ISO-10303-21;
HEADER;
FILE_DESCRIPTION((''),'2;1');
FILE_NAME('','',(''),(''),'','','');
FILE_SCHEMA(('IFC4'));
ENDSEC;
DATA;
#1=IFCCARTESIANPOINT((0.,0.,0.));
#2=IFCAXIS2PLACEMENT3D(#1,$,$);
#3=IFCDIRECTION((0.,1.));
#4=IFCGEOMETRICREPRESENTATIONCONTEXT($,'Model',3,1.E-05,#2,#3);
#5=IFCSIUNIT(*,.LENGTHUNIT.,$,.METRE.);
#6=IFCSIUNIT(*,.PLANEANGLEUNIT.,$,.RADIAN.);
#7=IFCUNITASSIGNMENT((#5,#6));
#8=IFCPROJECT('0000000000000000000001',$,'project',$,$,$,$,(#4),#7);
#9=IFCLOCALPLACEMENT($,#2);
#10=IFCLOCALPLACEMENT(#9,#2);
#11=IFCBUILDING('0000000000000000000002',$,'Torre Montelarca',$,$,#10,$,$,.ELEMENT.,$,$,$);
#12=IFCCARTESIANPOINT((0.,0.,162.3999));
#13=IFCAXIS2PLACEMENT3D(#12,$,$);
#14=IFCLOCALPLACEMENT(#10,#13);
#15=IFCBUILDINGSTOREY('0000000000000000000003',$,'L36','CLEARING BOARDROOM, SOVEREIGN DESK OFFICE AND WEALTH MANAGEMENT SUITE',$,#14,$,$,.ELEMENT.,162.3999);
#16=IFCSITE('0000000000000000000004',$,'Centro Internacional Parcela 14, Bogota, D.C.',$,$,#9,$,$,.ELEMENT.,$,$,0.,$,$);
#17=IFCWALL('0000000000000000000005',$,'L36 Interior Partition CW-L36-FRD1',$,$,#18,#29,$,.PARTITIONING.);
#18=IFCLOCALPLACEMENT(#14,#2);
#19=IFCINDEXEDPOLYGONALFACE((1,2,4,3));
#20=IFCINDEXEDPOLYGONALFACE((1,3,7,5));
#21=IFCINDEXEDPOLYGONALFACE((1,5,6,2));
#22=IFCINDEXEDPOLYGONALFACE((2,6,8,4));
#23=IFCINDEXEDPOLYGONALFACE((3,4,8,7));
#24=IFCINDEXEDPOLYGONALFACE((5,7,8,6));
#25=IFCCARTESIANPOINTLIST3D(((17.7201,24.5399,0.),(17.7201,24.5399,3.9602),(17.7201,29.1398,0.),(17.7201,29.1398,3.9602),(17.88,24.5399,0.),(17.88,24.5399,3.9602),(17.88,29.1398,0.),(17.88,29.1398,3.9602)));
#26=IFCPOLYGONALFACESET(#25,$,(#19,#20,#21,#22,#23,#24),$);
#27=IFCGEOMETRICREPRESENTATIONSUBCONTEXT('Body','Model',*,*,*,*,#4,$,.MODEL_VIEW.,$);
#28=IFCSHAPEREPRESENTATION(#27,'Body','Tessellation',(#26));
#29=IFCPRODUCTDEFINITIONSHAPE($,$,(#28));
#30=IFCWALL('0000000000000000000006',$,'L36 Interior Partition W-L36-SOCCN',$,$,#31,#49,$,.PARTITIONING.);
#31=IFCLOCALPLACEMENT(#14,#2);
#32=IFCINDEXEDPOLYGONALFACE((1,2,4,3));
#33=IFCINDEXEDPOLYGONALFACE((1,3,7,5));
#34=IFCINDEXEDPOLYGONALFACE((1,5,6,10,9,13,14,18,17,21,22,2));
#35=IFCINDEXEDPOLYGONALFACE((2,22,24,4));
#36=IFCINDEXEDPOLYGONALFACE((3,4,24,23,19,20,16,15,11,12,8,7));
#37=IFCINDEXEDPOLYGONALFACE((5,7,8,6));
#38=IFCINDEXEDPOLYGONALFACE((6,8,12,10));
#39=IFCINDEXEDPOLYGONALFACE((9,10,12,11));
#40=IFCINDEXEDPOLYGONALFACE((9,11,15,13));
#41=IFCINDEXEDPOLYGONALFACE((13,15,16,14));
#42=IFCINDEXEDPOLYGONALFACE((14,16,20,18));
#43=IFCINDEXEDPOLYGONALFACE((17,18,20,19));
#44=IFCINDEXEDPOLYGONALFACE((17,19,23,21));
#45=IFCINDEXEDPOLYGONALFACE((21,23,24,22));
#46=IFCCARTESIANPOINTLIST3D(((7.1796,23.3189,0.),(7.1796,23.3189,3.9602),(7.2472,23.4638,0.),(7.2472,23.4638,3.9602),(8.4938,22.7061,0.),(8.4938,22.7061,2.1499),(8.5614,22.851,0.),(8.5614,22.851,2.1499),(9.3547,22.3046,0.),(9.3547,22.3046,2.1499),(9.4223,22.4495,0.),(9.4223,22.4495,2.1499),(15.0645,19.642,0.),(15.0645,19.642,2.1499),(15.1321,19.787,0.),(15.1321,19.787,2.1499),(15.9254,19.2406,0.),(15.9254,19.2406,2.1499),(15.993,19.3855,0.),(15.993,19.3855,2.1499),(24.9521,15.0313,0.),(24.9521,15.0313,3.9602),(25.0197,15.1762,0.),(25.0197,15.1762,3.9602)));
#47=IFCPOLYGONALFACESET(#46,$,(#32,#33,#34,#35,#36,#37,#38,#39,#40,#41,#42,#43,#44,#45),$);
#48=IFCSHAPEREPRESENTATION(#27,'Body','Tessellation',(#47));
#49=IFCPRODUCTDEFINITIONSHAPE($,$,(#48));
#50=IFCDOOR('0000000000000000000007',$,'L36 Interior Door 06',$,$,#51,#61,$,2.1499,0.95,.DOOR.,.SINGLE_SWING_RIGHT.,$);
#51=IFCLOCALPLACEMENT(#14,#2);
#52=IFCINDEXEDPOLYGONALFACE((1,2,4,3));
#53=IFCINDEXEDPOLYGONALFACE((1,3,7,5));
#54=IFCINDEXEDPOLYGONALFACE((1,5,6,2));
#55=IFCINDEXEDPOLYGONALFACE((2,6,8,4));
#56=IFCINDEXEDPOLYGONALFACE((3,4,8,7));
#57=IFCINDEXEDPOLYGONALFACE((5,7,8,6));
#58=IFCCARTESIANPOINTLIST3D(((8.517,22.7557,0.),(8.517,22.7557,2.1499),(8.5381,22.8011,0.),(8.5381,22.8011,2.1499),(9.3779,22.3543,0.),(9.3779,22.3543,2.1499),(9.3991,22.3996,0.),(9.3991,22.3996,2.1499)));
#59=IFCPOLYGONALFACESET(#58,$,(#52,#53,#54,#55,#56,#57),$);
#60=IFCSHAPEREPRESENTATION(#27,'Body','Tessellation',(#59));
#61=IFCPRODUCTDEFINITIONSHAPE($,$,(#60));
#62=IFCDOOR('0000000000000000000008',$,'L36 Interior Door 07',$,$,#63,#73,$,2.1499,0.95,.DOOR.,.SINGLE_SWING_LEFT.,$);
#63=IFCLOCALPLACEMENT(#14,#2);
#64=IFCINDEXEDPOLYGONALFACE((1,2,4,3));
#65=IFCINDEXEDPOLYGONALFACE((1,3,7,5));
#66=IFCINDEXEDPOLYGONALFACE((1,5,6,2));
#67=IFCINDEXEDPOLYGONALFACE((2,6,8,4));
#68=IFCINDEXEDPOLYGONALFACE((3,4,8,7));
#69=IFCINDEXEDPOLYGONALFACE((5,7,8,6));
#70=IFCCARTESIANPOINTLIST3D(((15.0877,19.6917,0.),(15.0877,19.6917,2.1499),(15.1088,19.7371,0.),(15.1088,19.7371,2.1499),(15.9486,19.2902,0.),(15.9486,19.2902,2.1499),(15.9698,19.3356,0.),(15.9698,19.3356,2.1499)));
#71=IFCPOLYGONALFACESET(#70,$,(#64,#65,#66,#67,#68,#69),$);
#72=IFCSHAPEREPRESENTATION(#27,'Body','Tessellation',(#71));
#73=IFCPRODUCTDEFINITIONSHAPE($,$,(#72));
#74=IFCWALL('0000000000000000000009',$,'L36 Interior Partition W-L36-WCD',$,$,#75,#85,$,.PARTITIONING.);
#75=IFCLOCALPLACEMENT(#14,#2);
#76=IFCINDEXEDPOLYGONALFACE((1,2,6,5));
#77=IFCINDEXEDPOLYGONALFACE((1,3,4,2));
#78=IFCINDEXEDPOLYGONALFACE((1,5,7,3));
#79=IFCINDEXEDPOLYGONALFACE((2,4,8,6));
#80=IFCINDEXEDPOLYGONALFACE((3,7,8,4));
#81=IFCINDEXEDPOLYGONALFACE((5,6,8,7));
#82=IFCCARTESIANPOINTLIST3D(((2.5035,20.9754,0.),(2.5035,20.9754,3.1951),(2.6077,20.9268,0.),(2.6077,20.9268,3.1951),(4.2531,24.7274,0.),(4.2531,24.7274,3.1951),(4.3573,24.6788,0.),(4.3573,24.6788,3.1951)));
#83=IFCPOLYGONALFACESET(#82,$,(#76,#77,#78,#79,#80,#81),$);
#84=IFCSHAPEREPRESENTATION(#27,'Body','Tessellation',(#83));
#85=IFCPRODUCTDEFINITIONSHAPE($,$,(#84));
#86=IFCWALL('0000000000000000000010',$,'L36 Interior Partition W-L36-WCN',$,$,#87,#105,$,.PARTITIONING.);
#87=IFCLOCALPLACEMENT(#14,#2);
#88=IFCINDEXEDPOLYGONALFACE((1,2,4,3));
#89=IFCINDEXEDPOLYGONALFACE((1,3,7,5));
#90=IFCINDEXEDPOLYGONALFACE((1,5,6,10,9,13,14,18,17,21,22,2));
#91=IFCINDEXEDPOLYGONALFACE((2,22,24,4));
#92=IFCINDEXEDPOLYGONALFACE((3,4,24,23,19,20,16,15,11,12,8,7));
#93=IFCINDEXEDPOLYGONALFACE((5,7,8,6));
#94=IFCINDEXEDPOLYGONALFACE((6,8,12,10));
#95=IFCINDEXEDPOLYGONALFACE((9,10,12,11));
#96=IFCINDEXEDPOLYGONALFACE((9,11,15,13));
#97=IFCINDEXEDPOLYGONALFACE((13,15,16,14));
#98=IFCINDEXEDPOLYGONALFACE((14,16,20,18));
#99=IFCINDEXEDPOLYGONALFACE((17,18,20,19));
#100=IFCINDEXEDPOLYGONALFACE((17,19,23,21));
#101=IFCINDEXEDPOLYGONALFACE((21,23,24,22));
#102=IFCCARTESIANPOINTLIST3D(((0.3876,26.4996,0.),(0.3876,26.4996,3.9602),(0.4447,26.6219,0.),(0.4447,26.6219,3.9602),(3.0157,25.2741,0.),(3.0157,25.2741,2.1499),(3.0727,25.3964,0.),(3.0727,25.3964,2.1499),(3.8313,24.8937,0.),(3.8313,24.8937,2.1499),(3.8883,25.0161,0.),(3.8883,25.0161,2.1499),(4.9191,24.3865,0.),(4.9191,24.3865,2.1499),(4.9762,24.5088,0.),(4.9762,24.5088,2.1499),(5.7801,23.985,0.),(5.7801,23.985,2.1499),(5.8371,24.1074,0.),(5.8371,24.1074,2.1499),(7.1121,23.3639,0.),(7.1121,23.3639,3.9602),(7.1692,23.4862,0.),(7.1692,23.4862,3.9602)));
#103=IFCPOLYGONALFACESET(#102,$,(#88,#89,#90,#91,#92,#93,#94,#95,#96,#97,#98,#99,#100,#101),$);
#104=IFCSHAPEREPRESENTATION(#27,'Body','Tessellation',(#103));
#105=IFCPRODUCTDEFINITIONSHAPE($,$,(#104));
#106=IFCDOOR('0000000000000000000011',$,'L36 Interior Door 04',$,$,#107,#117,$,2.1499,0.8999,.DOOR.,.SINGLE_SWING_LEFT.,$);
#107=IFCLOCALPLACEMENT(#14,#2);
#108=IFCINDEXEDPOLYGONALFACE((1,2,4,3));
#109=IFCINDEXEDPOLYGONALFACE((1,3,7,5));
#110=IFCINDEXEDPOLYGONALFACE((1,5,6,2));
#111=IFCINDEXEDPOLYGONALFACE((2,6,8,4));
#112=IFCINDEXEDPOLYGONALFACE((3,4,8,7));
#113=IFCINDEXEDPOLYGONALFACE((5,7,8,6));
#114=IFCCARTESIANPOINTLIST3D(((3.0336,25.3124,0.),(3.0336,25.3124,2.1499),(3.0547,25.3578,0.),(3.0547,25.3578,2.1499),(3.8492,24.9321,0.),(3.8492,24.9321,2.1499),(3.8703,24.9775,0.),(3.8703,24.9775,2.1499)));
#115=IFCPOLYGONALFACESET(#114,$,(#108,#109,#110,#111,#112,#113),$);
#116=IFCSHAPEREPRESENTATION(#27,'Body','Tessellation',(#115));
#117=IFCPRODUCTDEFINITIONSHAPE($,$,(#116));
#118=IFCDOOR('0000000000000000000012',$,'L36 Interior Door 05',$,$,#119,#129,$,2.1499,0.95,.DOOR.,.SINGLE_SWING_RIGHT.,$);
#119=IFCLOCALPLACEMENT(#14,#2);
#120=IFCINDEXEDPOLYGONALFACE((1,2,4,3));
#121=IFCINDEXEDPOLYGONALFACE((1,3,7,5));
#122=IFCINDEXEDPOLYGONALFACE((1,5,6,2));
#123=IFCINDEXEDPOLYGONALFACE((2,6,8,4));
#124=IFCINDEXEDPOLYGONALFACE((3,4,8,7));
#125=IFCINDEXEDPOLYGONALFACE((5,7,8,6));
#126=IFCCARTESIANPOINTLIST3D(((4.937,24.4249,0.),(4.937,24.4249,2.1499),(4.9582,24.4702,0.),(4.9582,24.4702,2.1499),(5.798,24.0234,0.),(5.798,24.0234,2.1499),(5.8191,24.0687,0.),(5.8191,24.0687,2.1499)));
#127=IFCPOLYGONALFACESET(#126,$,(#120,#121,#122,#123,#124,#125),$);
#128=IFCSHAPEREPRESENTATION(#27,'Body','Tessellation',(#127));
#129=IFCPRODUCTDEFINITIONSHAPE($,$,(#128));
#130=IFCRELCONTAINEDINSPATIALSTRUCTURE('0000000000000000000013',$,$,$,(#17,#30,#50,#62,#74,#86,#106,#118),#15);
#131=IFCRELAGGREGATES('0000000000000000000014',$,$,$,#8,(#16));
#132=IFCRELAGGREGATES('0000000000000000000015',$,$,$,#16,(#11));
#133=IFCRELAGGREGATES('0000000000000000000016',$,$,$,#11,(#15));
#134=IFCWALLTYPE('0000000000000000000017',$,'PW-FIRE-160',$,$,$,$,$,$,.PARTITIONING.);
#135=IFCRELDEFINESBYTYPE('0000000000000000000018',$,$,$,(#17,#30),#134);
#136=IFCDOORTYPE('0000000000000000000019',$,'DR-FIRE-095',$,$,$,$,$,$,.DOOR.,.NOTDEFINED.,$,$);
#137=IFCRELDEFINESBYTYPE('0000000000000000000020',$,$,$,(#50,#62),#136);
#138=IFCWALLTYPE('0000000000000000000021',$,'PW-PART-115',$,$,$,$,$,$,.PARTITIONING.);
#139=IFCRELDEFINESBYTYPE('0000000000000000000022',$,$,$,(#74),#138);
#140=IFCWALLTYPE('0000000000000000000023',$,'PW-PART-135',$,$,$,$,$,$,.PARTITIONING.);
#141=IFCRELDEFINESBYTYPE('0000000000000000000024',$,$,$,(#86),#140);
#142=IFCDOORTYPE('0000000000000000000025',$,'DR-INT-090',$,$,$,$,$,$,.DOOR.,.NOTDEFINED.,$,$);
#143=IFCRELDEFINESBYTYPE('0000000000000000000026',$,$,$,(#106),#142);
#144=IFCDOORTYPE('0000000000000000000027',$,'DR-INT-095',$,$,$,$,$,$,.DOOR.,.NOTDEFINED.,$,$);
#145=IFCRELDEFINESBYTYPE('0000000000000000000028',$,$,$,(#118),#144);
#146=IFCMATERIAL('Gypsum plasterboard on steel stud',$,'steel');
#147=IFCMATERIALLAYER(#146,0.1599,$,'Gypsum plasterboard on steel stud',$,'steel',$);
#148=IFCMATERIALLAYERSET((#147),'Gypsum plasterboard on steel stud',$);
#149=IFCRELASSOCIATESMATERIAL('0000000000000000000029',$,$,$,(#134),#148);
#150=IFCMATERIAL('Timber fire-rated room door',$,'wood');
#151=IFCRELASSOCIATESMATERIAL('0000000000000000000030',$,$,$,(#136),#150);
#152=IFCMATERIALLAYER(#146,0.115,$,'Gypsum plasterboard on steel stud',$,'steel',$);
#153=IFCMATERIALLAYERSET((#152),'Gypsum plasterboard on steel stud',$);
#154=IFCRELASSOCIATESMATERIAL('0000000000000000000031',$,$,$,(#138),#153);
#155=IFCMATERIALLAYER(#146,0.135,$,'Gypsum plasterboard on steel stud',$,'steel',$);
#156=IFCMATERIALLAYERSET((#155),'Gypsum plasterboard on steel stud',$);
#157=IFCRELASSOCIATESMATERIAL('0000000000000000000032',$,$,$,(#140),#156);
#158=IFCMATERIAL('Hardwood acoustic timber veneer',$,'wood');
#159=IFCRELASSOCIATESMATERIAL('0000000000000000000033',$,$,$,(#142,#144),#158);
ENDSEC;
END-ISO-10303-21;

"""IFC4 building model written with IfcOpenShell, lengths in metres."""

from ifc_helpers import new_model, si_unit, direction, frame, frame_2d, origin, place, context, subcontext, project, spatial, rectangle, extrude, source, transform, mapped, material, layer, layer_set, type_object, element, fill, save


model = new_model("IFC4")

# Units and contexts
model_context = context("Model", 3, precision=1e-05, world=origin(), true_north=direction((0.0, 1.0)))
body_context = subcontext(model_context, "Body", "Model", "MODEL_VIEW")
ifc_project = project(units=[si_unit("LENGTHUNIT", "METRE"), si_unit("PLANEANGLEUNIT", "RADIAN")], contexts=[model_context])

# Site, building, storey
site_placement = place(None, origin())
site = spatial("IfcSite", under=ifc_project, at=site_placement, Name="Centro Internacional Parcela 14, Bogota, D.C.", CompositionType="ELEMENT", RefElevation=0.0)
building_placement = place(site_placement, origin())
building = spatial("IfcBuilding", under=site, at=building_placement, Name="Torre Montelarca", CompositionType="ELEMENT")
storey_placement = place(building_placement, frame((0.0, 0.0, 162.3999)))
storey = spatial("IfcBuildingStorey", under=building, at=storey_placement, Name="L36", Description="CLEARING BOARDROOM, SOVEREIGN DESK OFFICE AND WEALTH MANAGEMENT SUITE", CompositionType="ELEMENT", Elevation=162.3999)

# Wall
ifc_material_1 = material(Name="Gypsum plasterboard on steel stud", Category="steel")
ifc_layer_1 = layer(ifc_material_1, 0.1599, Name="Gypsum plasterboard on steel stud", Category="steel")
ifc_layer_set_1 = layer_set([ifc_layer_1], Name="Gypsum plasterboard on steel stud")
wall_type_1 = type_object("IfcWallType", Name="PW-FIRE-160", PredefinedType="PARTITIONING", material=ifc_layer_set_1)
wall_1_placement = place(storey_placement, frame((17.8, 24.54, 0.0), z_axis=(0.0, 0.0, 1.0), x_axis=(0.0, 1.0, 0.0)))
element("IfcWall", 1, at=wall_1_placement, inside=storey, type_object=wall_type_1, Name="L36 Interior Partition CW-L36-FRD1", PredefinedType="PARTITIONING", context=body_context, shape_type="SweptSolid", body=[
    extrude(rectangle(XDim=4.5999, YDim=0.1599, at=frame_2d((2.2998, 0.0))), origin(), (0.0, 0.0, 1.0), 3.9602),
])

# Wall, openings, doors
wall_2_placement = place(storey_placement, frame((7.2134, 23.3914, 0.0), z_axis=(0.0, 0.0, 1.0), x_axis=(0.906305, -0.422625, 0.0)))
wall_2 = element("IfcWall", 2, at=wall_2_placement, inside=storey, type_object=wall_type_1, Name="L36 Interior Partition W-L36-SOCCN", PredefinedType="PARTITIONING", context=body_context, shape_type="SweptSolid", body=[
    extrude(rectangle(XDim=19.6099, YDim=0.1599, at=frame_2d((9.8049, 0.0))), origin(), (0.0, 0.0, 1.0), 3.9602),
])
opening_1_placement = place(wall_2_placement, frame((1.45, 0.0, 0.0)))
opening_1 = element("IfcOpeningElement", 3, at=opening_1_placement, cuts=wall_2, PredefinedType="OPENING", context=body_context, shape_type="SweptSolid", body=[
    extrude(rectangle(XDim=0.95, YDim=2.1499, at=frame_2d((0.4751, 1.075))), frame((0.0, 0.0898, 0.0), z_axis=(0.0, -1.0, 0.0), x_axis=(1.0, 0.0, 0.0)), (0.0, 0.0, 1.0), 0.1799),
])
opening_2_placement = place(wall_2_placement, frame((8.7, 0.0, 0.0)))
opening_2 = element("IfcOpeningElement", 4, at=opening_2_placement, cuts=wall_2, PredefinedType="OPENING", context=body_context, shape_type="SweptSolid", body=[
    extrude(rectangle(XDim=0.95, YDim=2.1499, at=frame_2d((0.4751, 1.075))), frame((0.0, 0.0898, 0.0), z_axis=(0.0, -1.0, 0.0), x_axis=(1.0, 0.0, 0.0)), (0.0, 0.0, 1.0), 0.1799),
])
ifc_material_2 = material(Name="Timber fire-rated room door", Category="wood")
door_type_1 = type_object("IfcDoorType", Name="DR-FIRE-095", OperationType="NOTDEFINED", PredefinedType="DOOR", material=ifc_material_2)
shared_shape_1 = source(origin(), body_context, "Body", "SweptSolid", [
    extrude(rectangle(XDim=0.95, YDim=2.1499, at=frame_2d((0.4751, 1.075))), frame((0.0, 0.0249, 0.0), z_axis=(0.0, -1.0, 0.0), x_axis=(1.0, 0.0, 0.0)), (0.0, 0.0, 1.0), 0.05),
])
door_1_placement = place(opening_1_placement, origin())
door_1 = element("IfcDoor", 5, at=door_1_placement, inside=storey, type_object=door_type_1, Name="L36 Interior Door 06", OperationType="SINGLE_SWING_RIGHT", OverallHeight=2.1499, OverallWidth=0.95, PredefinedType="DOOR", context=body_context, shape_type="MappedRepresentation", body=[
    mapped(shared_shape_1, transform((0.0, 0.0, 0.0), scale=1.0)),
])
fill(opening_1, door_1)
door_2_placement = place(opening_2_placement, origin())
door_2 = element("IfcDoor", 6, at=door_2_placement, inside=storey, type_object=door_type_1, Name="L36 Interior Door 07", OperationType="SINGLE_SWING_LEFT", OverallHeight=2.1499, OverallWidth=0.95, PredefinedType="DOOR", context=body_context, shape_type="MappedRepresentation", body=[
    mapped(shared_shape_1, transform((0.0, 0.0, 0.0), scale=1.0)),
])
fill(opening_2, door_2)

# Wall
ifc_layer_2 = layer(ifc_material_1, 0.115, Name="Gypsum plasterboard on steel stud", Category="steel")
ifc_layer_set_2 = layer_set([ifc_layer_2], Name="Gypsum plasterboard on steel stud")
wall_type_2 = type_object("IfcWallType", Name="PW-PART-115", PredefinedType="PARTITIONING", material=ifc_layer_set_2)
wall_3_placement = place(storey_placement, frame((2.5557, 20.9512, 0.0), z_axis=(0.0, 0.0, 1.0), x_axis=(0.422608, 0.906313, 0.0)))
element("IfcWall", 7, at=wall_3_placement, inside=storey, type_object=wall_type_2, Name="L36 Interior Partition W-L36-WCD", PredefinedType="PARTITIONING", context=body_context, shape_type="SweptSolid", body=[
    extrude(rectangle(XDim=4.1399, YDim=0.115, at=frame_2d((2.0698, 0.0))), origin(), (0.0, 0.0, 1.0), 3.1951),
])

# Wall, openings, doors
ifc_layer_3 = layer(ifc_material_1, 0.135, Name="Gypsum plasterboard on steel stud", Category="steel")
ifc_layer_set_3 = layer_set([ifc_layer_3], Name="Gypsum plasterboard on steel stud")
wall_type_3 = type_object("IfcWallType", Name="PW-PART-135", PredefinedType="PARTITIONING", material=ifc_layer_set_3)
wall_4_placement = place(storey_placement, frame((0.416, 26.5608, 0.0), z_axis=(0.0, 0.0, 1.0), x_axis=(0.906308, -0.422619, 0.0)))
wall_4 = element("IfcWall", 8, at=wall_4_placement, inside=storey, type_object=wall_type_3, Name="L36 Interior Partition W-L36-WCN", PredefinedType="PARTITIONING", context=body_context, shape_type="SweptSolid", body=[
    extrude(rectangle(XDim=7.4197, YDim=0.135, at=frame_2d((3.71, 0.0))), origin(), (0.0, 0.0, 1.0), 3.9602),
])
opening_3_placement = place(wall_4_placement, frame((2.8999, 0.0, 0.0)))
opening_3 = element("IfcOpeningElement", 9, at=opening_3_placement, cuts=wall_4, PredefinedType="OPENING", context=body_context, shape_type="SweptSolid", body=[
    extrude(rectangle(XDim=0.8999, YDim=2.1499, at=frame_2d((0.45, 1.075))), frame((0.0, 0.0776, 0.0), z_axis=(0.0, -1.0, 0.0), x_axis=(1.0, 0.0, 0.0)), (0.0, 0.0, 1.0), 0.155),
])
opening_4_placement = place(wall_4_placement, frame((5.0, 0.0, 0.0)))
opening_4 = element("IfcOpeningElement", 10, at=opening_4_placement, cuts=wall_4, PredefinedType="OPENING", context=body_context, shape_type="SweptSolid", body=[
    extrude(rectangle(XDim=0.95, YDim=2.1499, at=frame_2d((0.4751, 1.075))), frame((0.0, 0.0776, 0.0), z_axis=(0.0, -1.0, 0.0), x_axis=(1.0, 0.0, 0.0)), (0.0, 0.0, 1.0), 0.155),
])
ifc_material_3 = material(Name="Hardwood acoustic timber veneer", Category="wood")
door_type_2 = type_object("IfcDoorType", Name="DR-INT-090", OperationType="NOTDEFINED", PredefinedType="DOOR", material=ifc_material_3)
shared_shape_2 = source(origin(), body_context, "Body", "SweptSolid", [
    extrude(rectangle(XDim=0.8999, YDim=2.1499, at=frame_2d((0.45, 1.075))), frame((0.0, 0.0249, 0.0), z_axis=(0.0, -1.0, 0.0), x_axis=(1.0, 0.0, 0.0)), (0.0, 0.0, 1.0), 0.05),
])
door_3_placement = place(opening_3_placement, origin())
door_3 = element("IfcDoor", 11, at=door_3_placement, inside=storey, type_object=door_type_2, Name="L36 Interior Door 04", OperationType="SINGLE_SWING_LEFT", OverallHeight=2.1499, OverallWidth=0.8999, PredefinedType="DOOR", context=body_context, shape_type="MappedRepresentation", body=[
    mapped(shared_shape_2, transform((0.0, 0.0, 0.0), scale=1.0)),
])
fill(opening_3, door_3)
door_type_3 = type_object("IfcDoorType", Name="DR-INT-095", OperationType="NOTDEFINED", PredefinedType="DOOR", material=ifc_material_3)
shared_shape_3 = source(origin(), body_context, "Body", "SweptSolid", [
    extrude(rectangle(XDim=0.95, YDim=2.1499, at=frame_2d((0.4751, 1.075))), frame((0.0, 0.0249, 0.0), z_axis=(0.0, -1.0, 0.0), x_axis=(1.0, 0.0, 0.0)), (0.0, 0.0, 1.0), 0.05),
])
door_4_placement = place(opening_4_placement, origin())
door_4 = element("IfcDoor", 12, at=door_4_placement, inside=storey, type_object=door_type_3, Name="L36 Interior Door 05", OperationType="SINGLE_SWING_RIGHT", OverallHeight=2.1499, OverallWidth=0.95, PredefinedType="DOOR", context=body_context, shape_type="MappedRepresentation", body=[
    mapped(shared_shape_3, transform((0.0, 0.0, 0.0), scale=1.0)),
])
fill(opening_4, door_4)

save(model, "model.ifc")
